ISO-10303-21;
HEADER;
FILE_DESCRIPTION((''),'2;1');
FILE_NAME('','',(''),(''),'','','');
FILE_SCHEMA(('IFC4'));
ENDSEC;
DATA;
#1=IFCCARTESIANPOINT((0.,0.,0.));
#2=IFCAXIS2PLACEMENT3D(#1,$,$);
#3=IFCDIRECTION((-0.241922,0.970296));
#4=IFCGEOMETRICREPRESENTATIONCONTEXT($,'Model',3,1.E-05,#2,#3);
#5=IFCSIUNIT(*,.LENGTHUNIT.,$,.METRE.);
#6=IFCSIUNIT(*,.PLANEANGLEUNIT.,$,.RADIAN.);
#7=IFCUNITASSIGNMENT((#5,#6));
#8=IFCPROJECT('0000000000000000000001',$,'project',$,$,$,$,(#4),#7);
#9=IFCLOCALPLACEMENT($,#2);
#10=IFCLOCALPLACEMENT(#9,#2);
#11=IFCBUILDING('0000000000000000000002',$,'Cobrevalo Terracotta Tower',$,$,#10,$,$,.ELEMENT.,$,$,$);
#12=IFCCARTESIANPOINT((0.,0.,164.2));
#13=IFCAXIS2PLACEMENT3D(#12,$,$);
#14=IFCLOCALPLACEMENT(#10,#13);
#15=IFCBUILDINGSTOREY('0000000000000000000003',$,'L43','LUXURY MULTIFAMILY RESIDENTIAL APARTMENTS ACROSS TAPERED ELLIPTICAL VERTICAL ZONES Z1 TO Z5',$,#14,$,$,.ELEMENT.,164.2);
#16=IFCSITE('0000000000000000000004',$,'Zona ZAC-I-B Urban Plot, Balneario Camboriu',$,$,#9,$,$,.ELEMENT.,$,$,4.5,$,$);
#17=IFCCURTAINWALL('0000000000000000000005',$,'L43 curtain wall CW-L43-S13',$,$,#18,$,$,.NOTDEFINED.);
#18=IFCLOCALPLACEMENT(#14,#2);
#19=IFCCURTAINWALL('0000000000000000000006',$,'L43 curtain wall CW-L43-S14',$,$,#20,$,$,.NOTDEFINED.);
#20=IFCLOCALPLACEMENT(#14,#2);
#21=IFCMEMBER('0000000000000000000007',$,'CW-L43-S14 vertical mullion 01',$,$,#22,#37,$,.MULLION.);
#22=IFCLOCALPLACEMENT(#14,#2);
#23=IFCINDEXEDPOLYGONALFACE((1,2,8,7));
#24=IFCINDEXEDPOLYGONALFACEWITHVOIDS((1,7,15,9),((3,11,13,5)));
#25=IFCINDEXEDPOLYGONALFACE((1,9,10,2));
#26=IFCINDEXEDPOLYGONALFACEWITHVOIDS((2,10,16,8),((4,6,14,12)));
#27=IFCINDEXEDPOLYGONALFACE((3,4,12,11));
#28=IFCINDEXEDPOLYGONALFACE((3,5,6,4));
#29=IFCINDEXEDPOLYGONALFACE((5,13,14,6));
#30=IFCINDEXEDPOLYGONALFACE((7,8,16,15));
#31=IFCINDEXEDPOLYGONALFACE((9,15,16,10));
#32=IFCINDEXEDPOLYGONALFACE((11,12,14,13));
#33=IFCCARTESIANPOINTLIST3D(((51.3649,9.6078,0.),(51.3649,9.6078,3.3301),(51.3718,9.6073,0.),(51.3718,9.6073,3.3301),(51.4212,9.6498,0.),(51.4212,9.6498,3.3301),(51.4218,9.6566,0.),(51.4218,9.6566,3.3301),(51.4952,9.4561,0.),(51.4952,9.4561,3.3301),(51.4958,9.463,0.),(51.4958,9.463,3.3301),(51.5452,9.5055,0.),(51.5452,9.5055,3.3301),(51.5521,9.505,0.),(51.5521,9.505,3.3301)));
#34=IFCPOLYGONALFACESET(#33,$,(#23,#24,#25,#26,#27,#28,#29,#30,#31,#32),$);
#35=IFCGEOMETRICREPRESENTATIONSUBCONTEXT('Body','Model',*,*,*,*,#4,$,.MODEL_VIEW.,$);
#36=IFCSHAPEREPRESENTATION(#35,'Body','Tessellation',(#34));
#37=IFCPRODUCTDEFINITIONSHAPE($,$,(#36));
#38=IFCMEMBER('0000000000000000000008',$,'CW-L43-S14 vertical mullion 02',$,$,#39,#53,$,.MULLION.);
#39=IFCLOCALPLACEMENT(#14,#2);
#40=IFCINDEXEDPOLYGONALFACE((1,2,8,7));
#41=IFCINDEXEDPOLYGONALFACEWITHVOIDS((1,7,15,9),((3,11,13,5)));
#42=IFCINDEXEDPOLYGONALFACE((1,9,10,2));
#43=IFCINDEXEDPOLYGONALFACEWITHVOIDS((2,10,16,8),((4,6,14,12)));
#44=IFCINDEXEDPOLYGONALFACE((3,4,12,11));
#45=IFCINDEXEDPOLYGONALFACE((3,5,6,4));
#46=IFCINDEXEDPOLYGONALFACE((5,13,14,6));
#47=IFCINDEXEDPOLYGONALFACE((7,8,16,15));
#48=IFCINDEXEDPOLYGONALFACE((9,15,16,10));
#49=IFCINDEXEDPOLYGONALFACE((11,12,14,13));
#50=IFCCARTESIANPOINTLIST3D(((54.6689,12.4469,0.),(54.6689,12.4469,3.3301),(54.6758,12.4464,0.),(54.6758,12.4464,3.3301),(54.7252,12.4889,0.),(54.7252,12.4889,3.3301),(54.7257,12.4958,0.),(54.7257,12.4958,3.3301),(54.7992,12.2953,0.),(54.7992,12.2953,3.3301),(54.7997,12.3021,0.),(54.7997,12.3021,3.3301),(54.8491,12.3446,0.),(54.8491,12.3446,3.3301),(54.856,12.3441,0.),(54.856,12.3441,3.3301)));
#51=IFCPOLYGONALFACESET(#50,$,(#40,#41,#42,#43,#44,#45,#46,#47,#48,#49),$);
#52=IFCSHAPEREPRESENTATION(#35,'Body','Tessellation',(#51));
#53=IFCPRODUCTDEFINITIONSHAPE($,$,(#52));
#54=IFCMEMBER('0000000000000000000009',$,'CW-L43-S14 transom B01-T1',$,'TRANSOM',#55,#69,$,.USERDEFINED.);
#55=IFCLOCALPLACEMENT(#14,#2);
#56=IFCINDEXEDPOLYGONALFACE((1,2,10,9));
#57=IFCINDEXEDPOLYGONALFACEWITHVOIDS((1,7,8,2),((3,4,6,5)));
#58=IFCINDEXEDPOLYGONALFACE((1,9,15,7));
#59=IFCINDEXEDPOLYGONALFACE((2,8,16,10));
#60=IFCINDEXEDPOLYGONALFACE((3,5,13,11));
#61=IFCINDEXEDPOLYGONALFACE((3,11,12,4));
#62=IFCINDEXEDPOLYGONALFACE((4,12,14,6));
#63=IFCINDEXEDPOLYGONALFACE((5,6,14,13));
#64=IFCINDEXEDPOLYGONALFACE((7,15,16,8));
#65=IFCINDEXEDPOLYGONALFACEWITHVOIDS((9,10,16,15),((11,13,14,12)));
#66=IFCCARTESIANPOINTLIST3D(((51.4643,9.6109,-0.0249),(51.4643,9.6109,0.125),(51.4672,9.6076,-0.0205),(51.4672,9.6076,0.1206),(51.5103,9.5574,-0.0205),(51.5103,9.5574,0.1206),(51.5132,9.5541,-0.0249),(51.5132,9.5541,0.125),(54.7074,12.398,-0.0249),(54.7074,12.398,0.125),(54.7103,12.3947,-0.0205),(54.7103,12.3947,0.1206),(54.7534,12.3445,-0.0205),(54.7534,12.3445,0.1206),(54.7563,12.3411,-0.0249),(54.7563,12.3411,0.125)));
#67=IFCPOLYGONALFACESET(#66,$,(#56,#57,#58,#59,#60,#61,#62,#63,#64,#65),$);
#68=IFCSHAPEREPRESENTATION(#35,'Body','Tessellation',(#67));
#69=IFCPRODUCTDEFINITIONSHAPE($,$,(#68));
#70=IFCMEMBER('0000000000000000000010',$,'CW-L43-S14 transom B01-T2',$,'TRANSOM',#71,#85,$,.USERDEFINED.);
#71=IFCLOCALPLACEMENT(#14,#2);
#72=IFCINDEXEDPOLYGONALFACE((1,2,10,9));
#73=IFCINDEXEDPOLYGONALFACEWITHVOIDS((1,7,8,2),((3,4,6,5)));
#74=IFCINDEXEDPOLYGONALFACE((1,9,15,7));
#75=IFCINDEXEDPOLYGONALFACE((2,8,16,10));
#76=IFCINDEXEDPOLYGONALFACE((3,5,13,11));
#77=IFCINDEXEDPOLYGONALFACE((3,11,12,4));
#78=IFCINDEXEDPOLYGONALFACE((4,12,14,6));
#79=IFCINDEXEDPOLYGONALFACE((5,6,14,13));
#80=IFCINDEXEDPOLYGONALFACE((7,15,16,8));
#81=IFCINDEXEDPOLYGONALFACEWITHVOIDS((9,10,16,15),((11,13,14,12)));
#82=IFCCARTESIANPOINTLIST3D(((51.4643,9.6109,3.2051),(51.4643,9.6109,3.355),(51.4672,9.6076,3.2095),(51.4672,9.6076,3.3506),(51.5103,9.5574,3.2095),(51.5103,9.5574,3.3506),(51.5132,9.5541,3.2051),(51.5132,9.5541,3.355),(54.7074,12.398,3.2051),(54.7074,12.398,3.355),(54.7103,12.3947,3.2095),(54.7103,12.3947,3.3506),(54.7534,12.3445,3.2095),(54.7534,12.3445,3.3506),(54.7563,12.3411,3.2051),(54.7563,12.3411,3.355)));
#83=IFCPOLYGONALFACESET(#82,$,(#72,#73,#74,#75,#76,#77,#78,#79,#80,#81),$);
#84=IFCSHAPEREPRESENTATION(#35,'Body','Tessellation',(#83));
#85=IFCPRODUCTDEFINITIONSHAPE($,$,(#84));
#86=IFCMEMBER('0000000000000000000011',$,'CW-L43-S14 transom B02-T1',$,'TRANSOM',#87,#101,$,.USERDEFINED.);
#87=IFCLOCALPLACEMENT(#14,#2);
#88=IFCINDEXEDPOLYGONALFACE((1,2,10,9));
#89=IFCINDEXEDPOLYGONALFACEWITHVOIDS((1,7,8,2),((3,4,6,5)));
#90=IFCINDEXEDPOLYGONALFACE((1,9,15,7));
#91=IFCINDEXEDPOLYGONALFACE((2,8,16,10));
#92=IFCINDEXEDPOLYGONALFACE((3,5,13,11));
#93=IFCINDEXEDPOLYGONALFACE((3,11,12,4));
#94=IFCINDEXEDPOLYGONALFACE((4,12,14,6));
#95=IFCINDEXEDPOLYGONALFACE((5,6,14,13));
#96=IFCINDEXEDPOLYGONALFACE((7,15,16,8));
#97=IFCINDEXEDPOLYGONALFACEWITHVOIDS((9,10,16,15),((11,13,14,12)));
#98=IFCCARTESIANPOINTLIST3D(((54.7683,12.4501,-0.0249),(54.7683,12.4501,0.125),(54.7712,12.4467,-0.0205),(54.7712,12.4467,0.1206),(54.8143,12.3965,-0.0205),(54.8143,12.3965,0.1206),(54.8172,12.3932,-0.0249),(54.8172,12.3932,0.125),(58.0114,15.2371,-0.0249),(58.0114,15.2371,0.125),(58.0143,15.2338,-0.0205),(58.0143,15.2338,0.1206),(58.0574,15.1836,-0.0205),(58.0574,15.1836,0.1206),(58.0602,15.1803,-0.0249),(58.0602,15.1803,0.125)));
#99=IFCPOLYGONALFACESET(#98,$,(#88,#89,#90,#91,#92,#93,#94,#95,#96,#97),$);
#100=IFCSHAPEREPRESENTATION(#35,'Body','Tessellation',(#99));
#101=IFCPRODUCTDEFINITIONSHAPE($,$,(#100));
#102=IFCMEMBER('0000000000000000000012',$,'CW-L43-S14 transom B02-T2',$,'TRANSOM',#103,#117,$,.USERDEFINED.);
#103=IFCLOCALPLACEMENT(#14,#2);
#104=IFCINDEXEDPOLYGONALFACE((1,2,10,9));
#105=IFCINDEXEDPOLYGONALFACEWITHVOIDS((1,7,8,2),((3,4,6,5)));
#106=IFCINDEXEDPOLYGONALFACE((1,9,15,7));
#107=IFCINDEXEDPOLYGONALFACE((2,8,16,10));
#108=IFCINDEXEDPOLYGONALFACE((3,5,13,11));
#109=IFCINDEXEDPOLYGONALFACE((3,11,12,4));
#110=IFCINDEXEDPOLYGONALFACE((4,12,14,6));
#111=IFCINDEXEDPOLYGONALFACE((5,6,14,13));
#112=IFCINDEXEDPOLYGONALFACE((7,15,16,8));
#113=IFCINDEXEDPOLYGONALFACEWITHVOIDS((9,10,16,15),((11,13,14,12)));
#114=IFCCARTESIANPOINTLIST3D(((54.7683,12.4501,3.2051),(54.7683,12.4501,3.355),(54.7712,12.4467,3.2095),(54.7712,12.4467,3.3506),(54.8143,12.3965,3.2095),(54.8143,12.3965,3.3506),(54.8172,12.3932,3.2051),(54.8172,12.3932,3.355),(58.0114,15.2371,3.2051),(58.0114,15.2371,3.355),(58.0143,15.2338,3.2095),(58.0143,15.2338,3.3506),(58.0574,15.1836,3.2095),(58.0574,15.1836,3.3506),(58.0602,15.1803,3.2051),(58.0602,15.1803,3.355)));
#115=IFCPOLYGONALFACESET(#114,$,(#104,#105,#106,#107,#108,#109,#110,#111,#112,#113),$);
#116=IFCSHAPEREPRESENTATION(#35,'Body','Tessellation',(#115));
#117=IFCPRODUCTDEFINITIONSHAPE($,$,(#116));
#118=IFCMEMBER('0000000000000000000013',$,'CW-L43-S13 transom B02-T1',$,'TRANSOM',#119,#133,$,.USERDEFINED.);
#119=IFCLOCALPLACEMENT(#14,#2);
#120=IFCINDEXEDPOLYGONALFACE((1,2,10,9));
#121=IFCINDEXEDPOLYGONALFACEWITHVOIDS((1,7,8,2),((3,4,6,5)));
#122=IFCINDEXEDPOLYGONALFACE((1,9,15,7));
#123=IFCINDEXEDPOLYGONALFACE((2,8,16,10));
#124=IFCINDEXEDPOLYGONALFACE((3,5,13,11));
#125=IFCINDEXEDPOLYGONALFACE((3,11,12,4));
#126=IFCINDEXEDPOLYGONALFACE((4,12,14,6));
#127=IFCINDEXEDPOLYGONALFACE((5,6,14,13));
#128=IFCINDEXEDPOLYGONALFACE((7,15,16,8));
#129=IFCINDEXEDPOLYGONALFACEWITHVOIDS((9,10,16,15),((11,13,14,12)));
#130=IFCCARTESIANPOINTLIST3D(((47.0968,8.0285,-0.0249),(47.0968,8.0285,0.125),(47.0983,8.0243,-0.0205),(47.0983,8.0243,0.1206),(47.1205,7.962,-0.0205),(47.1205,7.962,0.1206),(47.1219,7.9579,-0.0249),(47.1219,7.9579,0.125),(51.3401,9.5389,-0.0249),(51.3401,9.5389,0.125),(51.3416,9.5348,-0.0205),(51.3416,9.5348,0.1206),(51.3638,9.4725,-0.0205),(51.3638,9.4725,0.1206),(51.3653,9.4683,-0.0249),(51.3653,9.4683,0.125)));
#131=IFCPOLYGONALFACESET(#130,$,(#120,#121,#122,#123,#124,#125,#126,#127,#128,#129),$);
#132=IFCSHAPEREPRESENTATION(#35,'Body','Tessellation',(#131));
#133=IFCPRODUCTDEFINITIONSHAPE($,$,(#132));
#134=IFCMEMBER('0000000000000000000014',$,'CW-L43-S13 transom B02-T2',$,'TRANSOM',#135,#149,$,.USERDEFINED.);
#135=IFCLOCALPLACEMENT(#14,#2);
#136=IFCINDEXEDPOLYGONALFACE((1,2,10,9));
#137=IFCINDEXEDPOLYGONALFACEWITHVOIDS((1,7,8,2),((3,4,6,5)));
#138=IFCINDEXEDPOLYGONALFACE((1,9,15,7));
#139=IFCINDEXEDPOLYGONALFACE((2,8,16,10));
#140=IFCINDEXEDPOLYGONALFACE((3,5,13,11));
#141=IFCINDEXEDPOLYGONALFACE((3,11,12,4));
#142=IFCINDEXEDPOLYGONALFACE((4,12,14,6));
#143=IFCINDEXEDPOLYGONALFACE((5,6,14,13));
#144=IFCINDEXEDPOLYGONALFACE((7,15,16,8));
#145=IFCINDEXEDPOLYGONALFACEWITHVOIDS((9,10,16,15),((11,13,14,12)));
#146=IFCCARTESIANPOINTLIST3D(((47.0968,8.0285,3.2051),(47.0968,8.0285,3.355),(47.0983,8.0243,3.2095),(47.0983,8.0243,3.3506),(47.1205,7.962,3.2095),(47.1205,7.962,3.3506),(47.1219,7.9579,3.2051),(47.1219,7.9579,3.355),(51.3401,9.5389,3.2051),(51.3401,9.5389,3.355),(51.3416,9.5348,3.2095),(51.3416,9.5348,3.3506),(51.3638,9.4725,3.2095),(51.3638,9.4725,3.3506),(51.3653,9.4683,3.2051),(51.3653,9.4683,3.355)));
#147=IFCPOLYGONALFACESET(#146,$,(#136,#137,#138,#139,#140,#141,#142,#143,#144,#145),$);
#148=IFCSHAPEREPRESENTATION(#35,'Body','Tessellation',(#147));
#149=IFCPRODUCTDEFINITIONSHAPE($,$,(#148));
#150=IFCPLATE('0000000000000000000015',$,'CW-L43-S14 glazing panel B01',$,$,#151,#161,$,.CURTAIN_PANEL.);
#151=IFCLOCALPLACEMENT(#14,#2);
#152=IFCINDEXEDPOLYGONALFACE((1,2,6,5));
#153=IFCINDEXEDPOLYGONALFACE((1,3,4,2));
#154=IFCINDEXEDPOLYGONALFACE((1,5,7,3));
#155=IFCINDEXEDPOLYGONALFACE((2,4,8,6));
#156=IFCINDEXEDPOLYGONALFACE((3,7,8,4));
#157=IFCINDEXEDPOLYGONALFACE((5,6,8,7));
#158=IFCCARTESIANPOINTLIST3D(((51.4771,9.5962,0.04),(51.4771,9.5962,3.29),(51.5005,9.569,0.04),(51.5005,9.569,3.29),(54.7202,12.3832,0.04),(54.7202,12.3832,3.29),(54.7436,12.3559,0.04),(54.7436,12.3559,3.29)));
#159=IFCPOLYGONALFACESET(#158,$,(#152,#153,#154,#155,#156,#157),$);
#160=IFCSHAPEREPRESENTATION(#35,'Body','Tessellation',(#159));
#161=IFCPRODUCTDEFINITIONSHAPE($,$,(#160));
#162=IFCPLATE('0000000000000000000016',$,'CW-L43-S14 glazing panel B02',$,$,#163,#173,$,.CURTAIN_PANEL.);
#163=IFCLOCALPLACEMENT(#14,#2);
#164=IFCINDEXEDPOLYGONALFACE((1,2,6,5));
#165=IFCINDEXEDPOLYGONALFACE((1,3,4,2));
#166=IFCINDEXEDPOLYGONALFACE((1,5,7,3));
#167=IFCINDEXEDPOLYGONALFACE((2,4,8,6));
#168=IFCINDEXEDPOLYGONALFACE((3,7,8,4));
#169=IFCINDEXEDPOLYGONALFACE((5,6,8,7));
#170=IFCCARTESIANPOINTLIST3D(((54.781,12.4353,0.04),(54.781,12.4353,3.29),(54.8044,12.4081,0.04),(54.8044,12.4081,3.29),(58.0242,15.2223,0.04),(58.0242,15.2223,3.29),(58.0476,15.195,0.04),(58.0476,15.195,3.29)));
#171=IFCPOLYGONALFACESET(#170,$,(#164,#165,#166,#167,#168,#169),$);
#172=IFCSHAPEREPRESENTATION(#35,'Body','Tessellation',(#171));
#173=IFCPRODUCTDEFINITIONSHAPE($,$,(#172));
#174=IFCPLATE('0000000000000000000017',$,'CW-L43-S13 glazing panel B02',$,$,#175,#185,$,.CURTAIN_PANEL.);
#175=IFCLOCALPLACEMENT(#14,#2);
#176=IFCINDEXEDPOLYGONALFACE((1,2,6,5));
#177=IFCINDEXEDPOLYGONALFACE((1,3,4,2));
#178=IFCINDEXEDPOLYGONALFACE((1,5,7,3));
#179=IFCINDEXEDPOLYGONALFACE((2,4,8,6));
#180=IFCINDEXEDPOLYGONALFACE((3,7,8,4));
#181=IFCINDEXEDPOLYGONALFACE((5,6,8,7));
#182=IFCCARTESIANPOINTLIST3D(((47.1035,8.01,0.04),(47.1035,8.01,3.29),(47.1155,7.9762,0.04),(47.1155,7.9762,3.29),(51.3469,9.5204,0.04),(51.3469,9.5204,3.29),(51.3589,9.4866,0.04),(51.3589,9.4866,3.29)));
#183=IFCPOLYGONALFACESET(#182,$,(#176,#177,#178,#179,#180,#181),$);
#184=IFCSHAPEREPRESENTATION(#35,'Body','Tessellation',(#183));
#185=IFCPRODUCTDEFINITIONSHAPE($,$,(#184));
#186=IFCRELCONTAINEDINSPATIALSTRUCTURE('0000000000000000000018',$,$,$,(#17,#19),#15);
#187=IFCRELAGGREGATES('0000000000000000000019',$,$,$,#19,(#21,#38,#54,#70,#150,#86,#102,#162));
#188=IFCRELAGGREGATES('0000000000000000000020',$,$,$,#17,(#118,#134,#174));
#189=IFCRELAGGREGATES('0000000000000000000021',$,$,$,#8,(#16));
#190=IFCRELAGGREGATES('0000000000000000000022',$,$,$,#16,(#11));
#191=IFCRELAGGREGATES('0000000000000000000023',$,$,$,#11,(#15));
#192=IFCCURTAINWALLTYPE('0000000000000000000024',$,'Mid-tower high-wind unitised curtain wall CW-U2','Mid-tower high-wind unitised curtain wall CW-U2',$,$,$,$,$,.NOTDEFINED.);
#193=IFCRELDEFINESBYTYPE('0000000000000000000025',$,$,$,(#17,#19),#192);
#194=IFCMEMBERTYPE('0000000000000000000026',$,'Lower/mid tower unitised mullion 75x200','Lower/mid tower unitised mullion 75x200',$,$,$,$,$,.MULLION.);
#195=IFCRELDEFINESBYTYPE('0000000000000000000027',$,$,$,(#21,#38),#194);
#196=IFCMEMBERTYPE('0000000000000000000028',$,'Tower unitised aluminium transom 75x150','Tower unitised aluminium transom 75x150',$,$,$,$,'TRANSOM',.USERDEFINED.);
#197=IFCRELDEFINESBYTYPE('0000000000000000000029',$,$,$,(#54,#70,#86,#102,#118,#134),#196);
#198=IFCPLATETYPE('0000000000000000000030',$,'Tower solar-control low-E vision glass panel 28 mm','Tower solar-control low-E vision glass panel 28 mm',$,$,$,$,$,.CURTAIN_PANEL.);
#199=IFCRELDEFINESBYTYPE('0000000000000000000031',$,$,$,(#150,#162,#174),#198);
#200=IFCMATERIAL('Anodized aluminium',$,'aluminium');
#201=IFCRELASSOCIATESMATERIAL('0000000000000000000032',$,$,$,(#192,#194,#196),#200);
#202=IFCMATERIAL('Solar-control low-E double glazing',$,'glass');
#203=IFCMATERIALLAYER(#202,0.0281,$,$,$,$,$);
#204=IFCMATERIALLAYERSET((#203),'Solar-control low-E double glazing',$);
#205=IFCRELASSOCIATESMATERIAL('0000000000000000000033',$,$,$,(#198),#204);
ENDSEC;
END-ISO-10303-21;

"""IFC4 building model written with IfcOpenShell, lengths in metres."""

from ifc_helpers import new_model, si_unit, direction, frame, origin, origin_2d, place, context, subcontext, project, spatial, rectangle, hollow_rectangle, extrude, source, transform, mapped, material, layer, layer_set, material_profile, profile_set, type_object, element, aggregate, save


model = new_model("IFC4")

# Units and contexts
model_context = context("Model", 3, precision=1e-05, world=origin(), true_north=direction((-0.241922, 0.970296)))
body_context = subcontext(model_context, "Body", "Model", "MODEL_VIEW")
ifc_project = project(units=[si_unit("LENGTHUNIT", "METRE"), si_unit("PLANEANGLEUNIT", "RADIAN")], contexts=[model_context])

# Site, building, storey
site_placement = place(None, origin())
site = spatial("IfcSite", under=ifc_project, at=site_placement, Name="Zona ZAC-I-B Urban Plot, Balneario Camboriu", CompositionType="ELEMENT", RefElevation=4.5)
building_placement = place(site_placement, origin())
building = spatial("IfcBuilding", under=site, at=building_placement, Name="Cobrevalo Terracotta Tower", CompositionType="ELEMENT")
storey_placement = place(building_placement, frame((0.0, 0.0, 164.2)))
storey = spatial("IfcBuildingStorey", under=building, at=storey_placement, Name="L43", Description="LUXURY MULTIFAMILY RESIDENTIAL APARTMENTS ACROSS TAPERED ELLIPTICAL VERTICAL ZONES Z1 TO Z5", CompositionType="ELEMENT", Elevation=164.2)

# Curtain walls, members
ifc_material_1 = material(Name="Anodized aluminium", Category="aluminium")
curtain_wall_type = type_object("IfcCurtainWallType", Name="Mid-tower high-wind unitised curtain wall CW-U2", Description="Mid-tower high-wind unitised curtain wall CW-U2", PredefinedType="NOTDEFINED", material=ifc_material_1)
curtain_wall_1_placement = place(storey_placement, origin())
curtain_wall_1 = element("IfcCurtainWall", 1, at=curtain_wall_1_placement, inside=storey, type_object=curtain_wall_type, Name="L43 curtain wall CW-L43-S13", PredefinedType="NOTDEFINED")
ifc_material_profile_1 = material_profile(ifc_material_1, hollow_rectangle(XDim=0.075, YDim=0.2, WallThickness=0.0049, at=origin_2d()), Name="CWM 75x200")
ifc_profile_set_1 = profile_set([ifc_material_profile_1], Name="Anodized aluminium")
member_type_1 = type_object("IfcMemberType", Name="Lower/mid tower unitised mullion 75x200", Description="Lower/mid tower unitised mullion 75x200", PredefinedType="MULLION", material=ifc_profile_set_1)
shared_shape_1 = source(origin(), body_context, "Body", "SweptSolid", [
    extrude(hollow_rectangle(XDim=0.075, YDim=0.2, WallThickness=0.0049, at=origin_2d()), origin(), (0.0, 0.0, 1.0), 3.3301),
])
curtain_wall_2_placement = place(storey_placement, origin())
curtain_wall_2 = element("IfcCurtainWall", 2, at=curtain_wall_2_placement, inside=storey, type_object=curtain_wall_type, Name="L43 curtain wall CW-L43-S14", PredefinedType="NOTDEFINED")
member_1_placement = place(storey_placement, frame((51.4585, 9.5564, 0.0), z_axis=(0.0, 0.0, 1.0), x_axis=(0.758442, 0.651741, 0.0)))
member_1 = element("IfcMember", 3, at=member_1_placement, type_object=member_type_1, Name="CW-L43-S14 vertical mullion 01", PredefinedType="MULLION", context=body_context, shape_type="MappedRepresentation", body=[
    mapped(shared_shape_1, transform((0.0, 0.0, 0.0), scale=1.0)),
])
member_2_placement = place(storey_placement, frame((54.7625, 12.3955, 0.0), z_axis=(0.0, 0.0, 1.0), x_axis=(0.758442, 0.651741, 0.0)))
member_2 = element("IfcMember", 4, at=member_2_placement, type_object=member_type_1, Name="CW-L43-S14 vertical mullion 02", PredefinedType="MULLION", context=body_context, shape_type="MappedRepresentation", body=[
    mapped(shared_shape_1, transform((0.0, 0.0, 0.0), scale=1.0)),
])
ifc_material_profile_2 = material_profile(ifc_material_1, hollow_rectangle(XDim=0.075, YDim=0.1499, WallThickness=0.0044, at=origin_2d()), Name="CWT 75x150")
ifc_profile_set_2 = profile_set([ifc_material_profile_2], Name="Anodized aluminium")
member_type_2 = type_object("IfcMemberType", Name="Tower unitised aluminium transom 75x150", Description="Tower unitised aluminium transom 75x150", ElementType="TRANSOM", PredefinedType="USERDEFINED", material=ifc_profile_set_2)
shared_shape_2 = source(origin(), body_context, "Body", "SweptSolid", [
    extrude(hollow_rectangle(XDim=0.075, YDim=0.1499, WallThickness=0.0044, at=origin_2d()), origin(), (0.0, 0.0, 1.0), 4.2761),
])
member_3_placement = place(storey_placement, frame((51.4888, 9.5825, 0.05), z_axis=(0.758418, 0.651769, 0.0), x_axis=(-0.651769, 0.758418, 0.0)))
member_3 = element("IfcMember", 5, at=member_3_placement, type_object=member_type_2, Name="CW-L43-S14 transom B01-T1", ObjectType="TRANSOM", PredefinedType="USERDEFINED", context=body_context, shape_type="MappedRepresentation", body=[
    mapped(shared_shape_2, transform((0.0, 0.0, 0.0), scale=1.0)),
])
member_4_placement = place(storey_placement, frame((51.4888, 9.5825, 3.28), z_axis=(0.758418, 0.651769, 0.0), x_axis=(-0.651769, 0.758418, 0.0)))
member_4 = element("IfcMember", 6, at=member_4_placement, type_object=member_type_2, Name="CW-L43-S14 transom B01-T2", ObjectType="TRANSOM", PredefinedType="USERDEFINED", context=body_context, shape_type="MappedRepresentation", body=[
    mapped(shared_shape_2, transform((0.0, 0.0, 0.0), scale=1.0)),
])
member_5_placement = place(storey_placement, frame((54.7927, 12.4216, 0.05), z_axis=(0.758418, 0.651769, 0.0), x_axis=(-0.651769, 0.758418, 0.0)))
member_5 = element("IfcMember", 7, at=member_5_placement, type_object=member_type_2, Name="CW-L43-S14 transom B02-T1", ObjectType="TRANSOM", PredefinedType="USERDEFINED", context=body_context, shape_type="MappedRepresentation", body=[
    mapped(shared_shape_2, transform((0.0, 0.0, 0.0), scale=1.0)),
])
member_6_placement = place(storey_placement, frame((54.7927, 12.4216, 3.28), z_axis=(0.758418, 0.651769, 0.0), x_axis=(-0.651769, 0.758418, 0.0)))
member_6 = element("IfcMember", 8, at=member_6_placement, type_object=member_type_2, Name="CW-L43-S14 transom B02-T2", ObjectType="TRANSOM", PredefinedType="USERDEFINED", context=body_context, shape_type="MappedRepresentation", body=[
    mapped(shared_shape_2, transform((0.0, 0.0, 0.0), scale=1.0)),
])

# Members
shared_shape_3 = source(origin(), body_context, "Body", "SweptSolid", [
    extrude(hollow_rectangle(XDim=0.075, YDim=0.1499, WallThickness=0.0044, at=origin_2d()), origin(), (0.0, 0.0, 1.0), 4.5042),
])
member_7_placement = place(storey_placement, frame((47.1094, 7.9932, 0.05), z_axis=(0.942093, 0.335351, 0.0), x_axis=(-0.335351, 0.942093, 0.0)))
member_7 = element("IfcMember", 9, at=member_7_placement, type_object=member_type_2, Name="CW-L43-S13 transom B02-T1", ObjectType="TRANSOM", PredefinedType="USERDEFINED", context=body_context, shape_type="MappedRepresentation", body=[
    mapped(shared_shape_3, transform((0.0, 0.0, 0.0), scale=1.0)),
])
member_8_placement = place(storey_placement, frame((47.1094, 7.9932, 3.28), z_axis=(0.942093, 0.335351, 0.0), x_axis=(-0.335351, 0.942093, 0.0)))
member_8 = element("IfcMember", 10, at=member_8_placement, type_object=member_type_2, Name="CW-L43-S13 transom B02-T2", ObjectType="TRANSOM", PredefinedType="USERDEFINED", context=body_context, shape_type="MappedRepresentation", body=[
    mapped(shared_shape_3, transform((0.0, 0.0, 0.0), scale=1.0)),
])

# Plates
ifc_material_2 = material(Name="Solar-control low-E double glazing", Category="glass")
ifc_layer_1 = layer(ifc_material_2, 0.0281)
ifc_layer_set_1 = layer_set([ifc_layer_1], Name="Solar-control low-E double glazing")
plate_type = type_object("IfcPlateType", Name="Tower solar-control low-E vision glass panel 28 mm", Description="Tower solar-control low-E vision glass panel 28 mm", PredefinedType="CURTAIN_PANEL", material=ifc_layer_set_1)
shared_shape_4 = source(origin(), body_context, "Body", "SweptSolid", [
    extrude(rectangle(XDim=4.2761, YDim=0.0359, at=origin_2d()), origin(), (0.0, 0.0, 1.0), 3.25),
])
plate_1_placement = place(storey_placement, frame((53.1104, 10.9761, 0.04), z_axis=(0.0, 0.0, 1.0), x_axis=(0.758437, 0.651746, 0.0)))
plate_1 = element("IfcPlate", 11, at=plate_1_placement, type_object=plate_type, Name="CW-L43-S14 glazing panel B01", PredefinedType="CURTAIN_PANEL", context=body_context, shape_type="MappedRepresentation", body=[
    mapped(shared_shape_4, transform((0.0, 0.0, 0.0), scale=1.0)),
])
plate_2_placement = place(storey_placement, frame((56.4143, 13.8152, 0.04), z_axis=(0.0, 0.0, 1.0), x_axis=(0.758437, 0.651746, 0.0)))
plate_2 = element("IfcPlate", 12, at=plate_2_placement, type_object=plate_type, Name="CW-L43-S14 glazing panel B02", PredefinedType="CURTAIN_PANEL", context=body_context, shape_type="MappedRepresentation", body=[
    mapped(shared_shape_4, transform((0.0, 0.0, 0.0), scale=1.0)),
])
aggregate(curtain_wall_2, [member_1, member_2, member_3, member_4, plate_1, member_5, member_6, plate_2])
shared_shape_5 = source(origin(), body_context, "Body", "SweptSolid", [
    extrude(rectangle(XDim=4.5042, YDim=0.0359, at=origin_2d()), origin(), (0.0, 0.0, 1.0), 3.25),
])
plate_3_placement = place(storey_placement, frame((49.2312, 8.7483, 0.04), z_axis=(0.0, 0.0, 1.0), x_axis=(0.942098, 0.335336, 0.0)))
plate_3 = element("IfcPlate", 13, at=plate_3_placement, type_object=plate_type, Name="CW-L43-S13 glazing panel B02", PredefinedType="CURTAIN_PANEL", context=body_context, shape_type="MappedRepresentation", body=[
    mapped(shared_shape_5, transform((0.0, 0.0, 0.0), scale=1.0)),
])
aggregate(curtain_wall_1, [member_7, member_8, plate_3])

save(model, "model.ifc")
